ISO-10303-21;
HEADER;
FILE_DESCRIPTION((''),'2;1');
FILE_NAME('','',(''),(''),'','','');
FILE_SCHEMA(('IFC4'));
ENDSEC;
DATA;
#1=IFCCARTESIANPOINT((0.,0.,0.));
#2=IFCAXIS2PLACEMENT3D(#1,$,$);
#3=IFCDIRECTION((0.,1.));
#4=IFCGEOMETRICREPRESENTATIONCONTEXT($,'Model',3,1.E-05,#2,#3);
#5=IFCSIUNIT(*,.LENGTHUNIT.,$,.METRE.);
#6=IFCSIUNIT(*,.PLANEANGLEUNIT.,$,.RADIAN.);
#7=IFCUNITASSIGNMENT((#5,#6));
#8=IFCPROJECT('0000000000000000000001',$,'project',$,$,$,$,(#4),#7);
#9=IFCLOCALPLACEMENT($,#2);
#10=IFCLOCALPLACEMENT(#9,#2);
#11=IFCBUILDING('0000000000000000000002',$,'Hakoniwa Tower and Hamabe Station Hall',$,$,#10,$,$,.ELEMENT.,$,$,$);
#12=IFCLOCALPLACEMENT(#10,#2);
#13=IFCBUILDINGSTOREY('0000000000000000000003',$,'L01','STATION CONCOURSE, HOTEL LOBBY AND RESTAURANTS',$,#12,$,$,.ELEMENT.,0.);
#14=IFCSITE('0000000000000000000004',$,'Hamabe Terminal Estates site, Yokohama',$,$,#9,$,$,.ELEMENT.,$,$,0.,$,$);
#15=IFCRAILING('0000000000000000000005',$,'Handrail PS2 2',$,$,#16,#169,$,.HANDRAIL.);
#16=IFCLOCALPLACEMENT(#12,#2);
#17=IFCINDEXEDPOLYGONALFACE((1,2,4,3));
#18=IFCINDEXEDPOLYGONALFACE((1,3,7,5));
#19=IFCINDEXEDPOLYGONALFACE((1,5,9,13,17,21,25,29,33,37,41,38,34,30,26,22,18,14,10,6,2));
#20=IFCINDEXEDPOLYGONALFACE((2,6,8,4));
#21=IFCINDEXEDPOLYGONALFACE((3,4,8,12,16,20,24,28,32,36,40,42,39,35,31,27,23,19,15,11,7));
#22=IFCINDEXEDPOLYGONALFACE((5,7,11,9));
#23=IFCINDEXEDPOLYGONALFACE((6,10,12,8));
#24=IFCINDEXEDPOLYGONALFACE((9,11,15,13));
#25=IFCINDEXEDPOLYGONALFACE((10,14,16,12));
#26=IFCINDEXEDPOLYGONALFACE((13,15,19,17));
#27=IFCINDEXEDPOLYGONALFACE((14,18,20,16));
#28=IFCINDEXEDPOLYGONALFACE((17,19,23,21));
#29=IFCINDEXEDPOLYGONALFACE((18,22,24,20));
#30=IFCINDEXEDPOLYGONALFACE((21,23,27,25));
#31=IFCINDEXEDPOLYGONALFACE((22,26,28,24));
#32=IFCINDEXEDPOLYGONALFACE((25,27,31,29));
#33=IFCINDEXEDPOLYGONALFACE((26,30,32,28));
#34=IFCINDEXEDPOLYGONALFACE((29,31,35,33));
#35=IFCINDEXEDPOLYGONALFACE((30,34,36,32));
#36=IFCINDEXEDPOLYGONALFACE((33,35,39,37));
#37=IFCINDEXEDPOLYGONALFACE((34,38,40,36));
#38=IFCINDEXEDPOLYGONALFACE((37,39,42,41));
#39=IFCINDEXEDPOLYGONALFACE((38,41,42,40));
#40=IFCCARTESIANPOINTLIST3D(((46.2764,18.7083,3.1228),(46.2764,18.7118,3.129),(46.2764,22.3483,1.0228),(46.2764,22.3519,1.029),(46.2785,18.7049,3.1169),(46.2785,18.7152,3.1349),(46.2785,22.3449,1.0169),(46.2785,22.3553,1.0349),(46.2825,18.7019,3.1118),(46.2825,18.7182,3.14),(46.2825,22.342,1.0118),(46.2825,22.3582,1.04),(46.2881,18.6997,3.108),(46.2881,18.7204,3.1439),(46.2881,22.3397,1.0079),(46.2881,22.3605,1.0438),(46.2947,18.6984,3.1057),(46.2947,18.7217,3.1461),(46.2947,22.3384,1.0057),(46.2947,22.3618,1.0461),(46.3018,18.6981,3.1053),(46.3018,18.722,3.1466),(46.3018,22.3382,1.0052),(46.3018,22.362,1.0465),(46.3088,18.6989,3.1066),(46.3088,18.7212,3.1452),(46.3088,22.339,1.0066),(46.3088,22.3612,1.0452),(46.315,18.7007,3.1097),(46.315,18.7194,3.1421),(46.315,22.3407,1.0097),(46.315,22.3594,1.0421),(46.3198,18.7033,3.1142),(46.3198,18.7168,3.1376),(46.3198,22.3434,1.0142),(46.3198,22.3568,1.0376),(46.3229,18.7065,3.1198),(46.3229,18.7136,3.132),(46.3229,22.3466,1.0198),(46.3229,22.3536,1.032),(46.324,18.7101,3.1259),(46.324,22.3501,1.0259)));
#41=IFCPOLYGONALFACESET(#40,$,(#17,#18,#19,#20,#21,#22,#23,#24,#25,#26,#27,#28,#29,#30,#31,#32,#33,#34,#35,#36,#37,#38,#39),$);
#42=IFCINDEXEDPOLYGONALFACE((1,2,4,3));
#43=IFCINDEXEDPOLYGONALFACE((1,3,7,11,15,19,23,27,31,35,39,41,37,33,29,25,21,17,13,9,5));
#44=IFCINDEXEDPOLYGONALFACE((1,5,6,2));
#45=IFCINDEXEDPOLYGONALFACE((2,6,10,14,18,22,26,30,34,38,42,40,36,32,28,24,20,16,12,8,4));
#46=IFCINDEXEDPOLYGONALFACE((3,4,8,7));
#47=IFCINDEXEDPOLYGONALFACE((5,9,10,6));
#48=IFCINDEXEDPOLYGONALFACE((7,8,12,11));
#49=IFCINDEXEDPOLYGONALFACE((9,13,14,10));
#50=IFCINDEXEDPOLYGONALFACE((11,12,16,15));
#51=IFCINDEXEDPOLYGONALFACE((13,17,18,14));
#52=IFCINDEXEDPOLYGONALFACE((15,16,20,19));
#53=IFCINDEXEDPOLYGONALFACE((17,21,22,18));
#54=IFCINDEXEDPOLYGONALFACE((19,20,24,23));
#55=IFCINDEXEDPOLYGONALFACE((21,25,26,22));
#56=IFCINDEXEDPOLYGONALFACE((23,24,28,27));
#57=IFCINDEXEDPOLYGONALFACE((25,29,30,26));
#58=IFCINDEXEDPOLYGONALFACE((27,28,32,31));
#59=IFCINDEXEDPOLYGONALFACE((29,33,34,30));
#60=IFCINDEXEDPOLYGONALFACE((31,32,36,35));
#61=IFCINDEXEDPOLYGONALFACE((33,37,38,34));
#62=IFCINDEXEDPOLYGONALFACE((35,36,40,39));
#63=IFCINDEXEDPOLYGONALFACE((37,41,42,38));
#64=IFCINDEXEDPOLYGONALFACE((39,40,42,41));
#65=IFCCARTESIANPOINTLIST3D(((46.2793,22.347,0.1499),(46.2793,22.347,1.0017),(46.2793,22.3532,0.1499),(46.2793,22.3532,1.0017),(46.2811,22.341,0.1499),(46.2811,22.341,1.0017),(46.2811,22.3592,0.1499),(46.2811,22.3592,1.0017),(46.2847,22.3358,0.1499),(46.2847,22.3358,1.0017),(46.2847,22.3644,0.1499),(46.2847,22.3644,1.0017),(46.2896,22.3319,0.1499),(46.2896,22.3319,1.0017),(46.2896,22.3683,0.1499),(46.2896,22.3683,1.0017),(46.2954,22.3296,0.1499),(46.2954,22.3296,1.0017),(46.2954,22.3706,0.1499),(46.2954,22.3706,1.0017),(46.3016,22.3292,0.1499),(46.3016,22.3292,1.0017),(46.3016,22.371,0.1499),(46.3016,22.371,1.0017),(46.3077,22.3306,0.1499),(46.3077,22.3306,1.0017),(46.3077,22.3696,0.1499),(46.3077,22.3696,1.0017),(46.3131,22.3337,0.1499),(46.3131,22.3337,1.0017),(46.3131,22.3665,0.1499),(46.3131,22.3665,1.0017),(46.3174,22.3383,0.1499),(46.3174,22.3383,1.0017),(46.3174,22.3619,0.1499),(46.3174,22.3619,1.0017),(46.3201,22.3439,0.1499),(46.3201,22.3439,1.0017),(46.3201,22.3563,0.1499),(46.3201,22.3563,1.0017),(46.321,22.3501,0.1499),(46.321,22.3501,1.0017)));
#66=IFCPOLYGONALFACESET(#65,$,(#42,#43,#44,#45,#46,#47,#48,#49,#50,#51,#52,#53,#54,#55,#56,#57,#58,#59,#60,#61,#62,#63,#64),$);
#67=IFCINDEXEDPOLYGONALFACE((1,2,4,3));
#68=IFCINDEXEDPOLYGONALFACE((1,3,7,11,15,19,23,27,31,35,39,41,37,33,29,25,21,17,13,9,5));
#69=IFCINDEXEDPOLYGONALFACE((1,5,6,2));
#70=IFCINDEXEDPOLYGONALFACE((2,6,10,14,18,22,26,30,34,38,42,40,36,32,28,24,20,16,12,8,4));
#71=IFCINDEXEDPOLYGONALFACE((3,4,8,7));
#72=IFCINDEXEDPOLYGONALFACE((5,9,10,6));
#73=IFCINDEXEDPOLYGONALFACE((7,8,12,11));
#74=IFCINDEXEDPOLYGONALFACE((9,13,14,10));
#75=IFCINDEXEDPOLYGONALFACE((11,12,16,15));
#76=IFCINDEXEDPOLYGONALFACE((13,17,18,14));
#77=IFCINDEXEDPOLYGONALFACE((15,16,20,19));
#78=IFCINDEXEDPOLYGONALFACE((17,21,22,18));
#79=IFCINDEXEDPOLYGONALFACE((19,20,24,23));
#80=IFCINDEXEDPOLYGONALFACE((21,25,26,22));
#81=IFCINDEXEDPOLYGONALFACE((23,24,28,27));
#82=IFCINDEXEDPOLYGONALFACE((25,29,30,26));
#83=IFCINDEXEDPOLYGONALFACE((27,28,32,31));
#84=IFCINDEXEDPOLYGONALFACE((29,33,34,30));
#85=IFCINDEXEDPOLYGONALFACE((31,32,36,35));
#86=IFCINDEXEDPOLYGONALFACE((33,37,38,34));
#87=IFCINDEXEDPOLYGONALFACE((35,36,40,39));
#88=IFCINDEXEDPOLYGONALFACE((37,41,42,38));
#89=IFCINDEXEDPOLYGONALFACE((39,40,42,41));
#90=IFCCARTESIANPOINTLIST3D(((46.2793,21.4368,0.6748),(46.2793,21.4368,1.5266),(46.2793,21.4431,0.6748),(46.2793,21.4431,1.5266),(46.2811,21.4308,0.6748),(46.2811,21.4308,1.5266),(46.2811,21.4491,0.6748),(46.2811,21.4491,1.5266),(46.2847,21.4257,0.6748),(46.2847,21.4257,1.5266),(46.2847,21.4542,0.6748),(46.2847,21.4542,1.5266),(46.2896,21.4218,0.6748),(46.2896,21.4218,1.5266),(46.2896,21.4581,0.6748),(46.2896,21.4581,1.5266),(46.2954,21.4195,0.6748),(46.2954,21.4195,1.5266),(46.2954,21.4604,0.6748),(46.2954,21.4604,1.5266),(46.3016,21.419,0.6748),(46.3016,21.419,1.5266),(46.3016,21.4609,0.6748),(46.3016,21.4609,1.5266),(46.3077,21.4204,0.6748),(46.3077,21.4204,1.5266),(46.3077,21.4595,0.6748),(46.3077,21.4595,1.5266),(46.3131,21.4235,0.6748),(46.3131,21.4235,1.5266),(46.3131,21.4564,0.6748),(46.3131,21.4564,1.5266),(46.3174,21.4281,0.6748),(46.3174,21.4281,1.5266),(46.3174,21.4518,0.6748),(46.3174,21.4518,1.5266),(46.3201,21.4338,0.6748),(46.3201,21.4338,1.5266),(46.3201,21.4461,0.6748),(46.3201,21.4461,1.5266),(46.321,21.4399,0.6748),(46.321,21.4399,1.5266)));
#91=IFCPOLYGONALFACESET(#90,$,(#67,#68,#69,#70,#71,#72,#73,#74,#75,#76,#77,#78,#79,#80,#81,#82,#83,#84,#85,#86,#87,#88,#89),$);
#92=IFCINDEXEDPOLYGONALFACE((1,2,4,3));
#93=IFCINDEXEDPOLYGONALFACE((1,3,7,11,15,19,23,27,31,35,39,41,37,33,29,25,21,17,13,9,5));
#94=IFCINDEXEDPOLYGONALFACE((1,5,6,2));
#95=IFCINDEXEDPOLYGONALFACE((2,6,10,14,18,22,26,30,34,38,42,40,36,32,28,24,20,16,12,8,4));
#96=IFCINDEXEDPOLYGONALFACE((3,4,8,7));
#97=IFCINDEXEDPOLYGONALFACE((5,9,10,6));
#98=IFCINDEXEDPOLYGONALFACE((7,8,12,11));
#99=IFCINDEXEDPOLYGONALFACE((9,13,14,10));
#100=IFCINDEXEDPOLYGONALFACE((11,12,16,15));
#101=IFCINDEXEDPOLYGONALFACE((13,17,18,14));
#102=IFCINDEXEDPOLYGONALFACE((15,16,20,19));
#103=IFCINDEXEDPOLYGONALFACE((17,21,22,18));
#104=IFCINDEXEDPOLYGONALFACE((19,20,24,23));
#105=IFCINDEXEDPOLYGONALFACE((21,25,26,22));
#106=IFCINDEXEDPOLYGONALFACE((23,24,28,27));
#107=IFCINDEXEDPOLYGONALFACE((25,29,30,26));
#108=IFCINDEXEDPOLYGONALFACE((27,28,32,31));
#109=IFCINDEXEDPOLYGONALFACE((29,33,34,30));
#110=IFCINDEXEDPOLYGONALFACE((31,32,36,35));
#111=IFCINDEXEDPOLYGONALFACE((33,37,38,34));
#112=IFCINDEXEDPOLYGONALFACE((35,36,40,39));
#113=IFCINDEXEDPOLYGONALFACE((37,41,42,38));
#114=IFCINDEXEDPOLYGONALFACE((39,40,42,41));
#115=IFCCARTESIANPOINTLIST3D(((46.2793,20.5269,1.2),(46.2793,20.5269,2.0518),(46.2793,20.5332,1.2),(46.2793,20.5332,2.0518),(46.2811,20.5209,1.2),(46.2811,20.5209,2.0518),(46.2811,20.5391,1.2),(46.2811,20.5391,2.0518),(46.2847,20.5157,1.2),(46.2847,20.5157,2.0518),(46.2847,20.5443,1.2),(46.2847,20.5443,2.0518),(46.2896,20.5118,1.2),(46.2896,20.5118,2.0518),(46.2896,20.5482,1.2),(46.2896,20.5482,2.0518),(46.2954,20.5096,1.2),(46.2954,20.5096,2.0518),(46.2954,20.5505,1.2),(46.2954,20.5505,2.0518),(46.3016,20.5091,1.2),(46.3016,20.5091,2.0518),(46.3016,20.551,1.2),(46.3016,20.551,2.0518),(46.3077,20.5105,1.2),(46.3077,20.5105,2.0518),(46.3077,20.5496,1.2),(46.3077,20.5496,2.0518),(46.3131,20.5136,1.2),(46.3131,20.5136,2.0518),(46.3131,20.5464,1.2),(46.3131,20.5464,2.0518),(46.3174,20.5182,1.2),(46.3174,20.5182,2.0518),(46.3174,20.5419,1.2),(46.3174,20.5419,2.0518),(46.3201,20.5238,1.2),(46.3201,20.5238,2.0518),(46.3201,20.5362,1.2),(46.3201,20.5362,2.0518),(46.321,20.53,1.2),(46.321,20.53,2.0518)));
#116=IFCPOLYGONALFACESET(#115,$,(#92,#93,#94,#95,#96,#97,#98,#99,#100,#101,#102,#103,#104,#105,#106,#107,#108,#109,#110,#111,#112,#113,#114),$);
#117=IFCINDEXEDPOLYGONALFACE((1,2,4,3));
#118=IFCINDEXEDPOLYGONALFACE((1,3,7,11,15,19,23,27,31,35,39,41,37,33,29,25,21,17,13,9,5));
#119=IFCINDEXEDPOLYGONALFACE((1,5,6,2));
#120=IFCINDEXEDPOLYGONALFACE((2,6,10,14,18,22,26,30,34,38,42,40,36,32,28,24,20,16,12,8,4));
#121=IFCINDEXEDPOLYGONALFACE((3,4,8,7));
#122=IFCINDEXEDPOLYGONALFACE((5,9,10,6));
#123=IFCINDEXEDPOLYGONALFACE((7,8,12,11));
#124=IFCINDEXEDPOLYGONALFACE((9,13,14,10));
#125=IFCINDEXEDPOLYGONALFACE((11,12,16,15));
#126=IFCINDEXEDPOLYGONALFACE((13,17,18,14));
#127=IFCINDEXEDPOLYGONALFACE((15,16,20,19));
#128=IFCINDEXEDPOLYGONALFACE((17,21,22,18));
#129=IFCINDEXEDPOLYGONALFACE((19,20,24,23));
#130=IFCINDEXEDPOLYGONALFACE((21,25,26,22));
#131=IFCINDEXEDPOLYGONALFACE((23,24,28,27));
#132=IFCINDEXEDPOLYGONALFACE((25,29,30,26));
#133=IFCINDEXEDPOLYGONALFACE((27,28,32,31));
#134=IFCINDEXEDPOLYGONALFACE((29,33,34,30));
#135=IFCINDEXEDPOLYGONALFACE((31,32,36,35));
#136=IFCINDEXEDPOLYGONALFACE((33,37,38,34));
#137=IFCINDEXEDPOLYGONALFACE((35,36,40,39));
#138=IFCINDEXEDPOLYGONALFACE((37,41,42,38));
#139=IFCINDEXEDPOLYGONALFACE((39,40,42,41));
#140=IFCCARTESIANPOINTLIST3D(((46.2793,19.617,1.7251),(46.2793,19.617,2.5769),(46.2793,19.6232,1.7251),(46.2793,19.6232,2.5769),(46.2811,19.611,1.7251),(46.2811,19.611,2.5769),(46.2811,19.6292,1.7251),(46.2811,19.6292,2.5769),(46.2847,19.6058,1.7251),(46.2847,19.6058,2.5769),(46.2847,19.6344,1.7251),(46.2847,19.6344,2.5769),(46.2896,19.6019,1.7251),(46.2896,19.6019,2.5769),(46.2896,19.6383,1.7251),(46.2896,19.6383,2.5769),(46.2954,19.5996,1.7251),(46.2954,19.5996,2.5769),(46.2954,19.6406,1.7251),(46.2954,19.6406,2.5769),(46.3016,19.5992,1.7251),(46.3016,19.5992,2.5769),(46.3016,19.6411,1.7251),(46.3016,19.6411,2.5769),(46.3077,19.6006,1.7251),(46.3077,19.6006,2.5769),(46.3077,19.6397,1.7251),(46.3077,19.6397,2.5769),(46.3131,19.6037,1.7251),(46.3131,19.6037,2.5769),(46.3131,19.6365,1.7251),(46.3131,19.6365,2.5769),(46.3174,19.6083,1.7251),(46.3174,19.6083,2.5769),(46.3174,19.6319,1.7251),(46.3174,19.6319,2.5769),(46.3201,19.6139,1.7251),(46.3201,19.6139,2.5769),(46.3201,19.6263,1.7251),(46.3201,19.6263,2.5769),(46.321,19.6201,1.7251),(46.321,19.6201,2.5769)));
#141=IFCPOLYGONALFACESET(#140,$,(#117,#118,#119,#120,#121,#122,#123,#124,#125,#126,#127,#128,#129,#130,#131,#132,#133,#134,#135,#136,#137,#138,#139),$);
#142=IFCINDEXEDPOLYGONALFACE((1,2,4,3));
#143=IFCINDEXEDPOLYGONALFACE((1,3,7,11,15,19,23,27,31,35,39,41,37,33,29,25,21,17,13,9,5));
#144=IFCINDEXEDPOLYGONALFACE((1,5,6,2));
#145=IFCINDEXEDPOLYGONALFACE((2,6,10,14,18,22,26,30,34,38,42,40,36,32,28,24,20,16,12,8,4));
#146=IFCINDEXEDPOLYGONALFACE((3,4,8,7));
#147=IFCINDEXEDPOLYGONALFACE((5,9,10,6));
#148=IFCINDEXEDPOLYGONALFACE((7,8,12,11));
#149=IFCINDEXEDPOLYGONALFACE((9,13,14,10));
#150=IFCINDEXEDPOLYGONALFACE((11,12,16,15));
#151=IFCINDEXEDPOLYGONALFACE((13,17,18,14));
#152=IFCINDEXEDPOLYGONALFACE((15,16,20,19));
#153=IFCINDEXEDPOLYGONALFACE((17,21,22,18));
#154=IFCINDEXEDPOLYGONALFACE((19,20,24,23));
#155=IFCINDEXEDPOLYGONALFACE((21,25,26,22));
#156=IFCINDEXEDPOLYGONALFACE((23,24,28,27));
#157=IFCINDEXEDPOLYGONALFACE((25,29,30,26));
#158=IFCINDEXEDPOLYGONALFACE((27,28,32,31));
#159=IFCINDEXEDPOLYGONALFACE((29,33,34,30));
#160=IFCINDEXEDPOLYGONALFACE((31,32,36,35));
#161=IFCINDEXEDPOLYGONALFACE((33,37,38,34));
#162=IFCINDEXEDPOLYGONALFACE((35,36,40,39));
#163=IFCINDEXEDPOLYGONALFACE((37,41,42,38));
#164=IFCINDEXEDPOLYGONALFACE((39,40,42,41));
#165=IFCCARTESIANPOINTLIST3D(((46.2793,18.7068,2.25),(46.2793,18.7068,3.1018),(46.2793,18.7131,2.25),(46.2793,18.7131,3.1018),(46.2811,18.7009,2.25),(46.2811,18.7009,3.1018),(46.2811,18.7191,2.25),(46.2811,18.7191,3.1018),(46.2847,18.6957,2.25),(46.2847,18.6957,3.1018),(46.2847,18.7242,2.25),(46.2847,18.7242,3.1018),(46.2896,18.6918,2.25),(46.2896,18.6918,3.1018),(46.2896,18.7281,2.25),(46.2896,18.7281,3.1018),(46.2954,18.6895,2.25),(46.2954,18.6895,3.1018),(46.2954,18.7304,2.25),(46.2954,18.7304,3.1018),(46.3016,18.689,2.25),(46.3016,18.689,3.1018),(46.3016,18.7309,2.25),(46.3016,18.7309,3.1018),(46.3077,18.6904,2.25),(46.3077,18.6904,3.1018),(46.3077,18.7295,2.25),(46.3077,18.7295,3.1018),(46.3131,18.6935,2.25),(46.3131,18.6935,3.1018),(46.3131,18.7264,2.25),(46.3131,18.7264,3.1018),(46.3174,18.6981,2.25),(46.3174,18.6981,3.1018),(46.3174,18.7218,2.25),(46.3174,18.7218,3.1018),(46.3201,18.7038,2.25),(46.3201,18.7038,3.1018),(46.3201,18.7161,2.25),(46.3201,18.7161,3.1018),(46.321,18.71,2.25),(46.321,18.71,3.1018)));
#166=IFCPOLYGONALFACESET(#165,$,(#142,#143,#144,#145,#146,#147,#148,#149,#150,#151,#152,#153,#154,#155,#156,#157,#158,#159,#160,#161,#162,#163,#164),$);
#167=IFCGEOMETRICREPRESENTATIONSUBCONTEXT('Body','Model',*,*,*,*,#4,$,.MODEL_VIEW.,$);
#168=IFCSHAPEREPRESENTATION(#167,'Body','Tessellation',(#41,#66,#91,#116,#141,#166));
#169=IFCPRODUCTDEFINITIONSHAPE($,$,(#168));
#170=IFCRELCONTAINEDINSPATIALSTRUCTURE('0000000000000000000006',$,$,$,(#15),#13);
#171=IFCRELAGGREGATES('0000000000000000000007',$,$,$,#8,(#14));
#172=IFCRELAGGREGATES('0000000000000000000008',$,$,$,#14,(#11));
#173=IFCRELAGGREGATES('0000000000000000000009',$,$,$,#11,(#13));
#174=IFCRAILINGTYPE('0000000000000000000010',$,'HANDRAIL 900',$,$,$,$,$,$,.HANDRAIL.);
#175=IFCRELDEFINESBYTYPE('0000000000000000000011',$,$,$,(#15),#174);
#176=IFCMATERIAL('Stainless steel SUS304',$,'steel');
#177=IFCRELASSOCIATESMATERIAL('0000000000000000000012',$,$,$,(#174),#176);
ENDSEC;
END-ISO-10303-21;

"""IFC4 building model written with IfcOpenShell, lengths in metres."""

from ifc_helpers import new_model, si_unit, direction, frame, origin, origin_2d, place, context, subcontext, project, spatial, circle, extrude, material, type_object, element, save


model = new_model("IFC4")

# Units and contexts
model_context = context("Model", 3, precision=1e-05, world=origin(), true_north=direction((0.0, 1.0)))
body_context = subcontext(model_context, "Body", "Model", "MODEL_VIEW")
ifc_project = project(units=[si_unit("LENGTHUNIT", "METRE"), si_unit("PLANEANGLEUNIT", "RADIAN")], contexts=[model_context])

# Site, building, storey
site_placement = place(None, origin())
site = spatial("IfcSite", under=ifc_project, at=site_placement, Name="Hamabe Terminal Estates site, Yokohama", CompositionType="ELEMENT", RefElevation=0.0)
building_placement = place(site_placement, origin())
building = spatial("IfcBuilding", under=site, at=building_placement, Name="Hakoniwa Tower and Hamabe Station Hall", CompositionType="ELEMENT")
storey_placement = place(building_placement, origin())
storey = spatial("IfcBuildingStorey", under=building, at=storey_placement, Name="L01", Description="STATION CONCOURSE, HOTEL LOBBY AND RESTAURANTS", CompositionType="ELEMENT", Elevation=0.0)

# Railing
ifc_material_1 = material(Name="Stainless steel SUS304", Category="steel")
railing_type_1 = type_object("IfcRailingType", Name="HANDRAIL 900", PredefinedType="HANDRAIL", material=ifc_material_1)
for number, where, name in (
    (1, (46.3, 22.3501, 0.1499), "Handrail PS2 2"),
):
    element("IfcRailing", number, at=place(storey_placement, frame(where)), inside=storey, type_object=railing_type_1, Name=name, PredefinedType="HANDRAIL", context=body_context, shape_type="SweptSolid", body=[
        extrude(circle(Radius=0.0239, at=origin_2d()), frame((0.0, 0.0, 0.876), z_axis=(0.0, -0.866184, 0.499726), x_axis=(1.0, 0.0, 0.0)), (0.0, 0.0, 1.0), 4.2024),
        extrude(circle(Radius=0.021, at=origin_2d()), origin(), (0.0, 0.0, 1.0), 0.8518),
        extrude(circle(Radius=0.021, at=origin_2d()), frame((0.0, -0.9102, 0.5249)), (0.0, 0.0, 1.0), 0.8518),
        extrude(circle(Radius=0.021, at=origin_2d()), frame((0.0, -1.8201, 1.05)), (0.0, 0.0, 1.0), 0.8518),
        extrude(circle(Radius=0.021, at=origin_2d()), frame((0.0, -2.73, 1.5752)), (0.0, 0.0, 1.0), 0.8518),
        extrude(circle(Radius=0.021, at=origin_2d()), frame((0.0, -3.6401, 2.1001)), (0.0, 0.0, 1.0), 0.8518),
    ])

save(model, "model.ifc")
